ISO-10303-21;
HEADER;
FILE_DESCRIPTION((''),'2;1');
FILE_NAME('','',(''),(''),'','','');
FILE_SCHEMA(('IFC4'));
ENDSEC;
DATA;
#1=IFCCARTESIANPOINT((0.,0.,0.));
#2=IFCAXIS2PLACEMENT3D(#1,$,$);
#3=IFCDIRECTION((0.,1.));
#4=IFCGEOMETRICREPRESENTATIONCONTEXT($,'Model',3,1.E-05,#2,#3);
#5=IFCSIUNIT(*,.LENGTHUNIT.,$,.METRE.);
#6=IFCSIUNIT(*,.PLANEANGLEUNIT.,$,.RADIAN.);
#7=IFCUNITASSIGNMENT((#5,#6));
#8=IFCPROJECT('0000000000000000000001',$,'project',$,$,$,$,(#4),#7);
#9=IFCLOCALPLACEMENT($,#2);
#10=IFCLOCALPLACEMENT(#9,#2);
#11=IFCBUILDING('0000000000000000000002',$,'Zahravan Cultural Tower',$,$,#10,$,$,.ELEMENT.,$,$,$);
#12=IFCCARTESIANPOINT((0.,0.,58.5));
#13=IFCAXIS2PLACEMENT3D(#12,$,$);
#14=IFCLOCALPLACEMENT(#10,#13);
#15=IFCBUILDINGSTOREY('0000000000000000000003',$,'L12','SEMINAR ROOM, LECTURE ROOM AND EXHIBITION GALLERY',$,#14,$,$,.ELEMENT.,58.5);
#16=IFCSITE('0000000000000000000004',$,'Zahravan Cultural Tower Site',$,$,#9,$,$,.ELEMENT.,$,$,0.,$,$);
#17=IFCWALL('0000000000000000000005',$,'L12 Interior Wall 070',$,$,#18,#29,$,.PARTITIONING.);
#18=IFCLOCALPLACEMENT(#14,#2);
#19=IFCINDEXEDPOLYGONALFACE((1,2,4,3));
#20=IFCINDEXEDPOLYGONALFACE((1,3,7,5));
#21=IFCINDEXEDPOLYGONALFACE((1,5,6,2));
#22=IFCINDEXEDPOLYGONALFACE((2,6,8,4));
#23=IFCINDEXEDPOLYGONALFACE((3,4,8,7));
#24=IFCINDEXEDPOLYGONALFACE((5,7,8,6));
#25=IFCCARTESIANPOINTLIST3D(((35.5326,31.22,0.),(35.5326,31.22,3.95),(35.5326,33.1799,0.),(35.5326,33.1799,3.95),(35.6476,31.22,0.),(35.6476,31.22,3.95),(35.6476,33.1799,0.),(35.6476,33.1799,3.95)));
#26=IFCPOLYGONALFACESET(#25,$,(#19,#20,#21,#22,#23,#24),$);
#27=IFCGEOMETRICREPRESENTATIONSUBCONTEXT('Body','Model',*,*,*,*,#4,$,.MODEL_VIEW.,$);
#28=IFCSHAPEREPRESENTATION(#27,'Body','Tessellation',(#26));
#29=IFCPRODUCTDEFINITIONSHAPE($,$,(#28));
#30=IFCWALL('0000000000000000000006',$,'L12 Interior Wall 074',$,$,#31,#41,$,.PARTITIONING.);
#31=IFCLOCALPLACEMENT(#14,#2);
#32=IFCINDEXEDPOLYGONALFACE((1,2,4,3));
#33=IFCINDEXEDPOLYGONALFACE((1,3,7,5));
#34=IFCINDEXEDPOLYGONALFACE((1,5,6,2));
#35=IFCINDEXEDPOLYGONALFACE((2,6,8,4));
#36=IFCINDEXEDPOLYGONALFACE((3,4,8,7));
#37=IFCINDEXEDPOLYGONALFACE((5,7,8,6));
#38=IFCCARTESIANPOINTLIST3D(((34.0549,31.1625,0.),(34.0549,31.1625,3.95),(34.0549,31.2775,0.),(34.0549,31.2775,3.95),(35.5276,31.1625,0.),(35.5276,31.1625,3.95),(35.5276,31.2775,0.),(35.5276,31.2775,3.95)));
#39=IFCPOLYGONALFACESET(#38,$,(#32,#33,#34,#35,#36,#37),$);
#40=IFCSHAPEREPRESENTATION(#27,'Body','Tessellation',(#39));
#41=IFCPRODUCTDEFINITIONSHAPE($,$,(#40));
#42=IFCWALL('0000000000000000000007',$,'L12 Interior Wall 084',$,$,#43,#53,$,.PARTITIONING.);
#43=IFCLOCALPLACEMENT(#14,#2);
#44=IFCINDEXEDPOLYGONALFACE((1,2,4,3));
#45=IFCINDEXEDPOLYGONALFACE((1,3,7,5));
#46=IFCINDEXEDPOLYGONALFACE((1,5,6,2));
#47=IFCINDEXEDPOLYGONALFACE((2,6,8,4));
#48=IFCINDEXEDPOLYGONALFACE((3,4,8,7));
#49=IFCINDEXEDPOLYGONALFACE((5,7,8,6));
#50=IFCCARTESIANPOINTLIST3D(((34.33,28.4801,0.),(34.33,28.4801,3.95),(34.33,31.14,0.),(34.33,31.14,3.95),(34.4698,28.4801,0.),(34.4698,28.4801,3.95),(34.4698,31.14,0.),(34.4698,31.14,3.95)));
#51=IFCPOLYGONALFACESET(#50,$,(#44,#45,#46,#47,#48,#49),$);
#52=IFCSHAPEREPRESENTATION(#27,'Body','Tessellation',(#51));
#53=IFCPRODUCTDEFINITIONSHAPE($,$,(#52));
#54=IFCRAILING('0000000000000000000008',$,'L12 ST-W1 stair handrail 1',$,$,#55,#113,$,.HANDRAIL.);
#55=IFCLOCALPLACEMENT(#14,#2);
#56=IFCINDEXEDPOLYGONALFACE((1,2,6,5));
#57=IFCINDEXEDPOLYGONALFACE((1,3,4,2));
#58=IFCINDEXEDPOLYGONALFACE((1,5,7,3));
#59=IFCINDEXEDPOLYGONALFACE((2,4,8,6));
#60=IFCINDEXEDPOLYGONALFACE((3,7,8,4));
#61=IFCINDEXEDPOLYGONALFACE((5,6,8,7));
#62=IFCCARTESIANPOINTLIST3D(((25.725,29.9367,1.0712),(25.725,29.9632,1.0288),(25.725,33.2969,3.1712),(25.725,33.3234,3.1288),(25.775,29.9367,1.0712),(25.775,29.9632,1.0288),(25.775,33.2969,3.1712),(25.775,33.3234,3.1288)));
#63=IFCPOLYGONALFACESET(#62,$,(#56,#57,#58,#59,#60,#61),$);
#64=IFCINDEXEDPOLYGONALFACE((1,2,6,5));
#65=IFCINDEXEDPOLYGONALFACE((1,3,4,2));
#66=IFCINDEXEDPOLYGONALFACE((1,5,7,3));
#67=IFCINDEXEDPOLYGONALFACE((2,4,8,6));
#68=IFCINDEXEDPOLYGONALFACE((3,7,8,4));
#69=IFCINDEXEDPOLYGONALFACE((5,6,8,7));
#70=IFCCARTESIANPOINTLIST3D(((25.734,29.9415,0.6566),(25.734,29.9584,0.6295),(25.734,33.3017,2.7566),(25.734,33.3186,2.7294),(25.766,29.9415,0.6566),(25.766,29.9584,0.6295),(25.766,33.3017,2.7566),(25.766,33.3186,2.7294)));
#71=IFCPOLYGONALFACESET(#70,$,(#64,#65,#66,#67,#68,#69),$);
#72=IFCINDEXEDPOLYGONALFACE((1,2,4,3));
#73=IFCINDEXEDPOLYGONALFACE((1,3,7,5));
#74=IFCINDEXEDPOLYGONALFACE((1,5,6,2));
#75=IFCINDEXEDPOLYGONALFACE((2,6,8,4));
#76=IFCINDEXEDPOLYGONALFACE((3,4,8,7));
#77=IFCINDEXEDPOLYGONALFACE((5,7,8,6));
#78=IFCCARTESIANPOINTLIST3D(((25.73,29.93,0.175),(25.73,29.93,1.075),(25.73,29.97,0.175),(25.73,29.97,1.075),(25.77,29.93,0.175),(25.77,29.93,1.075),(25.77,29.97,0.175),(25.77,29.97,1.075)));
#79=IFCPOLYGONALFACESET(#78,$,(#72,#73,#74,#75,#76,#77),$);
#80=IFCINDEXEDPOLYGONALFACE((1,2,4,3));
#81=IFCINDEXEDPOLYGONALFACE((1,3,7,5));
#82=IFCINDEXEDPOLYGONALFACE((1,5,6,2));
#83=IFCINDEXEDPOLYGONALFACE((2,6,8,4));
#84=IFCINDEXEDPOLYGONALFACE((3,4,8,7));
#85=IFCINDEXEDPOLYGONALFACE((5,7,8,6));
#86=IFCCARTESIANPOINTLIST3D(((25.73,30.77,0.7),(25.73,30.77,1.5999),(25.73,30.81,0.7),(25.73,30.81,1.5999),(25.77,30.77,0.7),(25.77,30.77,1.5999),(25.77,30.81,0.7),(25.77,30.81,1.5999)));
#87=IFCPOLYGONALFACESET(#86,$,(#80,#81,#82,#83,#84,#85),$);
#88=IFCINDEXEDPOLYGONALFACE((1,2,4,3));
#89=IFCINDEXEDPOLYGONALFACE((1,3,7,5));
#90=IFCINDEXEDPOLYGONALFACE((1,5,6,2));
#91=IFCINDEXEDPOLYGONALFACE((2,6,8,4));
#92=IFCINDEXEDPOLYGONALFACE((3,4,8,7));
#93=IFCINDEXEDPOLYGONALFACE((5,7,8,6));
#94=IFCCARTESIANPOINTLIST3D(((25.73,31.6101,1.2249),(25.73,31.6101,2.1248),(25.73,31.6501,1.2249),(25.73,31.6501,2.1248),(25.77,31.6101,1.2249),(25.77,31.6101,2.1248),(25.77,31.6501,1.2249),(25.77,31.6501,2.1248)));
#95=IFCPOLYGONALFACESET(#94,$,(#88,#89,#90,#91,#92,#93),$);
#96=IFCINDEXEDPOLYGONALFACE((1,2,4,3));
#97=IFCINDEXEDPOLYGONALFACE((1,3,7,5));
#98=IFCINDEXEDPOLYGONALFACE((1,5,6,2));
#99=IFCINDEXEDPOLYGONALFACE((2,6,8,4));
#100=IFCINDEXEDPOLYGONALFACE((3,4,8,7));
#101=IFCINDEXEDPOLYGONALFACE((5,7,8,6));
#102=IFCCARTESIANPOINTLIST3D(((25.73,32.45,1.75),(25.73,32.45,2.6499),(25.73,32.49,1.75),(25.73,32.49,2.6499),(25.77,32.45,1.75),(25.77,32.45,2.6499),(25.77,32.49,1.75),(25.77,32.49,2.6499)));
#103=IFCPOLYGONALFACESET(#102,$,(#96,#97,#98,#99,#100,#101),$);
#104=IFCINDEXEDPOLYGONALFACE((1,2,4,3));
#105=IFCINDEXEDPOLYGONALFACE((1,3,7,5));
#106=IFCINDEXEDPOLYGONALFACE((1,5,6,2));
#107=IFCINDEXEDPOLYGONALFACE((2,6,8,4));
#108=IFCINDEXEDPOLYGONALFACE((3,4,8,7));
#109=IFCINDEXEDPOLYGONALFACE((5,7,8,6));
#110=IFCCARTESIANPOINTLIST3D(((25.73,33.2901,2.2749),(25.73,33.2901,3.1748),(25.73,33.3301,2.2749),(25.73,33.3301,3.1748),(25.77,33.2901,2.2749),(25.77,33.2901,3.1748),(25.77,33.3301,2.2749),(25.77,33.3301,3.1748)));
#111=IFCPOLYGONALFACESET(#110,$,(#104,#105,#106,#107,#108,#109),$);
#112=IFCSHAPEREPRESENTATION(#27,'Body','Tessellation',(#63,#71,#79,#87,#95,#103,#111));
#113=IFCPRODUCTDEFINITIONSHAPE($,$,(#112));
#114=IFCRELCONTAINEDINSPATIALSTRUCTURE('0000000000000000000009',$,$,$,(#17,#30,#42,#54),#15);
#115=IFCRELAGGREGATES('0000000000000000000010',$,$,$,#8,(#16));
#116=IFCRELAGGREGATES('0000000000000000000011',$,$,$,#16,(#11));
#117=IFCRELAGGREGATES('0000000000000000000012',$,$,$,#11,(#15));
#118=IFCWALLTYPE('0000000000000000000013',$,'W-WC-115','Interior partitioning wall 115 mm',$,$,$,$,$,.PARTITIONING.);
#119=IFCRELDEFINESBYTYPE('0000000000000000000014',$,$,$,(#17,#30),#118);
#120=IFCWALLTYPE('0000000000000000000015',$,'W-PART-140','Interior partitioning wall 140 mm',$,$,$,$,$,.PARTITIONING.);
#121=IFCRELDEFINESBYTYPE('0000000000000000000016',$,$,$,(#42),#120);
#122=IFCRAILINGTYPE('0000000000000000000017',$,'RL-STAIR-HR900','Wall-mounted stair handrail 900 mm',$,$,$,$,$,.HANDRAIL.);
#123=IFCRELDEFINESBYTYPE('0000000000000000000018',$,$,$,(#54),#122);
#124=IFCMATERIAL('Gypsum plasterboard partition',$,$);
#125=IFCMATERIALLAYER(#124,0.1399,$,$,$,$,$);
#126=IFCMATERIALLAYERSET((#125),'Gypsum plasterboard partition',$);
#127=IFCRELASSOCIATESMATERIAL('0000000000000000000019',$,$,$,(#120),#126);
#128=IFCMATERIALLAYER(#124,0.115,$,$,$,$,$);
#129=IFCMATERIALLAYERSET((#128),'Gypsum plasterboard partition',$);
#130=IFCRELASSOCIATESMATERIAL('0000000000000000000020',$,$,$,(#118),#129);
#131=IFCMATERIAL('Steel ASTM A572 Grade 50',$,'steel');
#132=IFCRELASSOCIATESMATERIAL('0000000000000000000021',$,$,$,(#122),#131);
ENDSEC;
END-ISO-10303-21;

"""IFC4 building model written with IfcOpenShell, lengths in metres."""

from ifc_helpers import new_model, si_unit, direction, frame, frame_2d, origin, origin_2d, place, context, subcontext, project, spatial, rectangle, extrude, source, transform, mapped, material, layer, layer_set, type_object, element, save


model = new_model("IFC4")

# Units and contexts
model_context = context("Model", 3, precision=1e-05, world=origin(), true_north=direction((0.0, 1.0)))
body_context = subcontext(model_context, "Body", "Model", "MODEL_VIEW")
ifc_project = project(units=[si_unit("LENGTHUNIT", "METRE"), si_unit("PLANEANGLEUNIT", "RADIAN")], contexts=[model_context])

# Site, building, storey
site_placement = place(None, origin())
site = spatial("IfcSite", under=ifc_project, at=site_placement, Name="Zahravan Cultural Tower Site", CompositionType="ELEMENT", RefElevation=0.0)
building_placement = place(site_placement, origin())
building = spatial("IfcBuilding", under=site, at=building_placement, Name="Zahravan Cultural Tower", CompositionType="ELEMENT")
storey_placement = place(building_placement, frame((0.0, 0.0, 58.5)))
storey = spatial("IfcBuildingStorey", under=building, at=storey_placement, Name="L12", Description="SEMINAR ROOM, LECTURE ROOM AND EXHIBITION GALLERY", CompositionType="ELEMENT", Elevation=58.5)

# Shared definitions
ifc_material_1 = material(Name="Steel ASTM A572 Grade 50", Category="steel")
ifc_material_2 = material(Name="Gypsum plasterboard partition")
ifc_layer_1 = layer(ifc_material_2, 0.1399)
ifc_layer_set_1 = layer_set([ifc_layer_1], Name="Gypsum plasterboard partition")
wall_type_1 = type_object("IfcWallType", Name="W-PART-140", Description="Interior partitioning wall 140 mm", PredefinedType="PARTITIONING", material=ifc_layer_set_1)

# Walls
ifc_layer_2 = layer(ifc_material_2, 0.115)
ifc_layer_set_2 = layer_set([ifc_layer_2], Name="Gypsum plasterboard partition")
wall_type_2 = type_object("IfcWallType", Name="W-WC-115", Description="Interior partitioning wall 115 mm", PredefinedType="PARTITIONING", material=ifc_layer_set_2)
shared_shape_1 = source(origin(), body_context, "Body", "SweptSolid", [
    extrude(rectangle(XDim=1.96, YDim=0.115, at=frame_2d((0.98, 0.0))), origin(), (0.0, 0.0, 1.0), 3.95),
])
wall_1_placement = place(storey_placement, frame((35.5901, 31.22, 0.0), z_axis=(0.0, 0.0, 1.0), x_axis=(0.0, 1.0, 0.0)))
element("IfcWall", 1, at=wall_1_placement, inside=storey, type_object=wall_type_2, Name="L12 Interior Wall 070", PredefinedType="PARTITIONING", context=body_context, shape_type="MappedRepresentation", body=[
    mapped(shared_shape_1, transform((0.0, 0.0, 0.0), x_axis=(1.0, 0.0, 0.0), y_axis=(0.0, 1.0, 0.0), z_axis=(0.0, 0.0, 1.0), scale=1.0)),
])
shared_shape_2 = source(origin(), body_context, "Body", "SweptSolid", [
    extrude(rectangle(XDim=1.4727, YDim=0.115, at=frame_2d((0.7363, 0.0))), origin(), (0.0, 0.0, 1.0), 3.95),
])
wall_2_placement = place(storey_placement, frame((35.5276, 31.22, 0.0), z_axis=(0.0, 0.0, 1.0), x_axis=(-1.0, 0.0, 0.0)))
element("IfcWall", 2, at=wall_2_placement, inside=storey, type_object=wall_type_2, Name="L12 Interior Wall 074", PredefinedType="PARTITIONING", context=body_context, shape_type="MappedRepresentation", body=[
    mapped(shared_shape_2, transform((0.0, 0.0, 0.0), x_axis=(1.0, 0.0, 0.0), y_axis=(0.0, 1.0, 0.0), z_axis=(0.0, 0.0, 1.0), scale=1.0)),
])
shared_shape_3 = source(origin(), body_context, "Body", "SweptSolid", [
    extrude(rectangle(XDim=2.6599, YDim=0.1399, at=frame_2d((1.3301, 0.0))), origin(), (0.0, 0.0, 1.0), 3.95),
])
wall_3_placement = place(storey_placement, frame((34.3999, 28.48, 0.0), z_axis=(0.0, 0.0, 1.0), x_axis=(0.0, 1.0, 0.0)))
element("IfcWall", 3, at=wall_3_placement, inside=storey, type_object=wall_type_1, Name="L12 Interior Wall 084", PredefinedType="PARTITIONING", context=body_context, shape_type="MappedRepresentation", body=[
    mapped(shared_shape_3, transform((0.0, 0.0, 0.0), x_axis=(1.0, 0.0, 0.0), y_axis=(0.0, 1.0, 0.0), z_axis=(0.0, 0.0, 1.0), scale=1.0)),
])

# Railing
railing_type = type_object("IfcRailingType", Name="RL-STAIR-HR900", Description="Wall-mounted stair handrail 900 mm", PredefinedType="HANDRAIL", material=ifc_material_1)
railing_placement = place(storey_placement, frame((25.75, 29.95, 0.175)))
element("IfcRailing", 4, at=railing_placement, inside=storey, type_object=railing_type, Name="L12 ST-W1 stair handrail 1", PredefinedType="HANDRAIL", context=body_context, shape_type="SweptSolid", body=[
    extrude(rectangle(XDim=0.05, YDim=0.05, at=origin_2d()), frame((0.0, 0.0, 0.875), z_axis=(0.0, 0.848023, 0.52996), x_axis=(-1.0, 0.0, 0.0)), (0.0, 0.0, 1.0), 3.9624),
    extrude(rectangle(XDim=0.032, YDim=0.032, at=origin_2d()), frame((0.0, 0.0, 0.468), z_axis=(0.0, 0.848023, 0.52996), x_axis=(-1.0, 0.0, 0.0)), (0.0, 0.0, 1.0), 3.9624),
    extrude(rectangle(XDim=0.04, YDim=0.04, at=origin_2d()), origin(), (0.0, 0.0, 1.0), 0.8999),
    extrude(rectangle(XDim=0.04, YDim=0.04, at=origin_2d()), frame((0.0, 0.8401, 0.5249)), (0.0, 0.0, 1.0), 0.8999),
    extrude(rectangle(XDim=0.04, YDim=0.04, at=origin_2d()), frame((0.0, 1.6802, 1.0498)), (0.0, 0.0, 1.0), 0.8999),
    extrude(rectangle(XDim=0.04, YDim=0.04, at=origin_2d()), frame((0.0, 2.52, 1.575)), (0.0, 0.0, 1.0), 0.8999),
    extrude(rectangle(XDim=0.04, YDim=0.04, at=origin_2d()), frame((0.0, 3.3601, 2.0999)), (0.0, 0.0, 1.0), 0.8999),
])

save(model, "model.ifc")
